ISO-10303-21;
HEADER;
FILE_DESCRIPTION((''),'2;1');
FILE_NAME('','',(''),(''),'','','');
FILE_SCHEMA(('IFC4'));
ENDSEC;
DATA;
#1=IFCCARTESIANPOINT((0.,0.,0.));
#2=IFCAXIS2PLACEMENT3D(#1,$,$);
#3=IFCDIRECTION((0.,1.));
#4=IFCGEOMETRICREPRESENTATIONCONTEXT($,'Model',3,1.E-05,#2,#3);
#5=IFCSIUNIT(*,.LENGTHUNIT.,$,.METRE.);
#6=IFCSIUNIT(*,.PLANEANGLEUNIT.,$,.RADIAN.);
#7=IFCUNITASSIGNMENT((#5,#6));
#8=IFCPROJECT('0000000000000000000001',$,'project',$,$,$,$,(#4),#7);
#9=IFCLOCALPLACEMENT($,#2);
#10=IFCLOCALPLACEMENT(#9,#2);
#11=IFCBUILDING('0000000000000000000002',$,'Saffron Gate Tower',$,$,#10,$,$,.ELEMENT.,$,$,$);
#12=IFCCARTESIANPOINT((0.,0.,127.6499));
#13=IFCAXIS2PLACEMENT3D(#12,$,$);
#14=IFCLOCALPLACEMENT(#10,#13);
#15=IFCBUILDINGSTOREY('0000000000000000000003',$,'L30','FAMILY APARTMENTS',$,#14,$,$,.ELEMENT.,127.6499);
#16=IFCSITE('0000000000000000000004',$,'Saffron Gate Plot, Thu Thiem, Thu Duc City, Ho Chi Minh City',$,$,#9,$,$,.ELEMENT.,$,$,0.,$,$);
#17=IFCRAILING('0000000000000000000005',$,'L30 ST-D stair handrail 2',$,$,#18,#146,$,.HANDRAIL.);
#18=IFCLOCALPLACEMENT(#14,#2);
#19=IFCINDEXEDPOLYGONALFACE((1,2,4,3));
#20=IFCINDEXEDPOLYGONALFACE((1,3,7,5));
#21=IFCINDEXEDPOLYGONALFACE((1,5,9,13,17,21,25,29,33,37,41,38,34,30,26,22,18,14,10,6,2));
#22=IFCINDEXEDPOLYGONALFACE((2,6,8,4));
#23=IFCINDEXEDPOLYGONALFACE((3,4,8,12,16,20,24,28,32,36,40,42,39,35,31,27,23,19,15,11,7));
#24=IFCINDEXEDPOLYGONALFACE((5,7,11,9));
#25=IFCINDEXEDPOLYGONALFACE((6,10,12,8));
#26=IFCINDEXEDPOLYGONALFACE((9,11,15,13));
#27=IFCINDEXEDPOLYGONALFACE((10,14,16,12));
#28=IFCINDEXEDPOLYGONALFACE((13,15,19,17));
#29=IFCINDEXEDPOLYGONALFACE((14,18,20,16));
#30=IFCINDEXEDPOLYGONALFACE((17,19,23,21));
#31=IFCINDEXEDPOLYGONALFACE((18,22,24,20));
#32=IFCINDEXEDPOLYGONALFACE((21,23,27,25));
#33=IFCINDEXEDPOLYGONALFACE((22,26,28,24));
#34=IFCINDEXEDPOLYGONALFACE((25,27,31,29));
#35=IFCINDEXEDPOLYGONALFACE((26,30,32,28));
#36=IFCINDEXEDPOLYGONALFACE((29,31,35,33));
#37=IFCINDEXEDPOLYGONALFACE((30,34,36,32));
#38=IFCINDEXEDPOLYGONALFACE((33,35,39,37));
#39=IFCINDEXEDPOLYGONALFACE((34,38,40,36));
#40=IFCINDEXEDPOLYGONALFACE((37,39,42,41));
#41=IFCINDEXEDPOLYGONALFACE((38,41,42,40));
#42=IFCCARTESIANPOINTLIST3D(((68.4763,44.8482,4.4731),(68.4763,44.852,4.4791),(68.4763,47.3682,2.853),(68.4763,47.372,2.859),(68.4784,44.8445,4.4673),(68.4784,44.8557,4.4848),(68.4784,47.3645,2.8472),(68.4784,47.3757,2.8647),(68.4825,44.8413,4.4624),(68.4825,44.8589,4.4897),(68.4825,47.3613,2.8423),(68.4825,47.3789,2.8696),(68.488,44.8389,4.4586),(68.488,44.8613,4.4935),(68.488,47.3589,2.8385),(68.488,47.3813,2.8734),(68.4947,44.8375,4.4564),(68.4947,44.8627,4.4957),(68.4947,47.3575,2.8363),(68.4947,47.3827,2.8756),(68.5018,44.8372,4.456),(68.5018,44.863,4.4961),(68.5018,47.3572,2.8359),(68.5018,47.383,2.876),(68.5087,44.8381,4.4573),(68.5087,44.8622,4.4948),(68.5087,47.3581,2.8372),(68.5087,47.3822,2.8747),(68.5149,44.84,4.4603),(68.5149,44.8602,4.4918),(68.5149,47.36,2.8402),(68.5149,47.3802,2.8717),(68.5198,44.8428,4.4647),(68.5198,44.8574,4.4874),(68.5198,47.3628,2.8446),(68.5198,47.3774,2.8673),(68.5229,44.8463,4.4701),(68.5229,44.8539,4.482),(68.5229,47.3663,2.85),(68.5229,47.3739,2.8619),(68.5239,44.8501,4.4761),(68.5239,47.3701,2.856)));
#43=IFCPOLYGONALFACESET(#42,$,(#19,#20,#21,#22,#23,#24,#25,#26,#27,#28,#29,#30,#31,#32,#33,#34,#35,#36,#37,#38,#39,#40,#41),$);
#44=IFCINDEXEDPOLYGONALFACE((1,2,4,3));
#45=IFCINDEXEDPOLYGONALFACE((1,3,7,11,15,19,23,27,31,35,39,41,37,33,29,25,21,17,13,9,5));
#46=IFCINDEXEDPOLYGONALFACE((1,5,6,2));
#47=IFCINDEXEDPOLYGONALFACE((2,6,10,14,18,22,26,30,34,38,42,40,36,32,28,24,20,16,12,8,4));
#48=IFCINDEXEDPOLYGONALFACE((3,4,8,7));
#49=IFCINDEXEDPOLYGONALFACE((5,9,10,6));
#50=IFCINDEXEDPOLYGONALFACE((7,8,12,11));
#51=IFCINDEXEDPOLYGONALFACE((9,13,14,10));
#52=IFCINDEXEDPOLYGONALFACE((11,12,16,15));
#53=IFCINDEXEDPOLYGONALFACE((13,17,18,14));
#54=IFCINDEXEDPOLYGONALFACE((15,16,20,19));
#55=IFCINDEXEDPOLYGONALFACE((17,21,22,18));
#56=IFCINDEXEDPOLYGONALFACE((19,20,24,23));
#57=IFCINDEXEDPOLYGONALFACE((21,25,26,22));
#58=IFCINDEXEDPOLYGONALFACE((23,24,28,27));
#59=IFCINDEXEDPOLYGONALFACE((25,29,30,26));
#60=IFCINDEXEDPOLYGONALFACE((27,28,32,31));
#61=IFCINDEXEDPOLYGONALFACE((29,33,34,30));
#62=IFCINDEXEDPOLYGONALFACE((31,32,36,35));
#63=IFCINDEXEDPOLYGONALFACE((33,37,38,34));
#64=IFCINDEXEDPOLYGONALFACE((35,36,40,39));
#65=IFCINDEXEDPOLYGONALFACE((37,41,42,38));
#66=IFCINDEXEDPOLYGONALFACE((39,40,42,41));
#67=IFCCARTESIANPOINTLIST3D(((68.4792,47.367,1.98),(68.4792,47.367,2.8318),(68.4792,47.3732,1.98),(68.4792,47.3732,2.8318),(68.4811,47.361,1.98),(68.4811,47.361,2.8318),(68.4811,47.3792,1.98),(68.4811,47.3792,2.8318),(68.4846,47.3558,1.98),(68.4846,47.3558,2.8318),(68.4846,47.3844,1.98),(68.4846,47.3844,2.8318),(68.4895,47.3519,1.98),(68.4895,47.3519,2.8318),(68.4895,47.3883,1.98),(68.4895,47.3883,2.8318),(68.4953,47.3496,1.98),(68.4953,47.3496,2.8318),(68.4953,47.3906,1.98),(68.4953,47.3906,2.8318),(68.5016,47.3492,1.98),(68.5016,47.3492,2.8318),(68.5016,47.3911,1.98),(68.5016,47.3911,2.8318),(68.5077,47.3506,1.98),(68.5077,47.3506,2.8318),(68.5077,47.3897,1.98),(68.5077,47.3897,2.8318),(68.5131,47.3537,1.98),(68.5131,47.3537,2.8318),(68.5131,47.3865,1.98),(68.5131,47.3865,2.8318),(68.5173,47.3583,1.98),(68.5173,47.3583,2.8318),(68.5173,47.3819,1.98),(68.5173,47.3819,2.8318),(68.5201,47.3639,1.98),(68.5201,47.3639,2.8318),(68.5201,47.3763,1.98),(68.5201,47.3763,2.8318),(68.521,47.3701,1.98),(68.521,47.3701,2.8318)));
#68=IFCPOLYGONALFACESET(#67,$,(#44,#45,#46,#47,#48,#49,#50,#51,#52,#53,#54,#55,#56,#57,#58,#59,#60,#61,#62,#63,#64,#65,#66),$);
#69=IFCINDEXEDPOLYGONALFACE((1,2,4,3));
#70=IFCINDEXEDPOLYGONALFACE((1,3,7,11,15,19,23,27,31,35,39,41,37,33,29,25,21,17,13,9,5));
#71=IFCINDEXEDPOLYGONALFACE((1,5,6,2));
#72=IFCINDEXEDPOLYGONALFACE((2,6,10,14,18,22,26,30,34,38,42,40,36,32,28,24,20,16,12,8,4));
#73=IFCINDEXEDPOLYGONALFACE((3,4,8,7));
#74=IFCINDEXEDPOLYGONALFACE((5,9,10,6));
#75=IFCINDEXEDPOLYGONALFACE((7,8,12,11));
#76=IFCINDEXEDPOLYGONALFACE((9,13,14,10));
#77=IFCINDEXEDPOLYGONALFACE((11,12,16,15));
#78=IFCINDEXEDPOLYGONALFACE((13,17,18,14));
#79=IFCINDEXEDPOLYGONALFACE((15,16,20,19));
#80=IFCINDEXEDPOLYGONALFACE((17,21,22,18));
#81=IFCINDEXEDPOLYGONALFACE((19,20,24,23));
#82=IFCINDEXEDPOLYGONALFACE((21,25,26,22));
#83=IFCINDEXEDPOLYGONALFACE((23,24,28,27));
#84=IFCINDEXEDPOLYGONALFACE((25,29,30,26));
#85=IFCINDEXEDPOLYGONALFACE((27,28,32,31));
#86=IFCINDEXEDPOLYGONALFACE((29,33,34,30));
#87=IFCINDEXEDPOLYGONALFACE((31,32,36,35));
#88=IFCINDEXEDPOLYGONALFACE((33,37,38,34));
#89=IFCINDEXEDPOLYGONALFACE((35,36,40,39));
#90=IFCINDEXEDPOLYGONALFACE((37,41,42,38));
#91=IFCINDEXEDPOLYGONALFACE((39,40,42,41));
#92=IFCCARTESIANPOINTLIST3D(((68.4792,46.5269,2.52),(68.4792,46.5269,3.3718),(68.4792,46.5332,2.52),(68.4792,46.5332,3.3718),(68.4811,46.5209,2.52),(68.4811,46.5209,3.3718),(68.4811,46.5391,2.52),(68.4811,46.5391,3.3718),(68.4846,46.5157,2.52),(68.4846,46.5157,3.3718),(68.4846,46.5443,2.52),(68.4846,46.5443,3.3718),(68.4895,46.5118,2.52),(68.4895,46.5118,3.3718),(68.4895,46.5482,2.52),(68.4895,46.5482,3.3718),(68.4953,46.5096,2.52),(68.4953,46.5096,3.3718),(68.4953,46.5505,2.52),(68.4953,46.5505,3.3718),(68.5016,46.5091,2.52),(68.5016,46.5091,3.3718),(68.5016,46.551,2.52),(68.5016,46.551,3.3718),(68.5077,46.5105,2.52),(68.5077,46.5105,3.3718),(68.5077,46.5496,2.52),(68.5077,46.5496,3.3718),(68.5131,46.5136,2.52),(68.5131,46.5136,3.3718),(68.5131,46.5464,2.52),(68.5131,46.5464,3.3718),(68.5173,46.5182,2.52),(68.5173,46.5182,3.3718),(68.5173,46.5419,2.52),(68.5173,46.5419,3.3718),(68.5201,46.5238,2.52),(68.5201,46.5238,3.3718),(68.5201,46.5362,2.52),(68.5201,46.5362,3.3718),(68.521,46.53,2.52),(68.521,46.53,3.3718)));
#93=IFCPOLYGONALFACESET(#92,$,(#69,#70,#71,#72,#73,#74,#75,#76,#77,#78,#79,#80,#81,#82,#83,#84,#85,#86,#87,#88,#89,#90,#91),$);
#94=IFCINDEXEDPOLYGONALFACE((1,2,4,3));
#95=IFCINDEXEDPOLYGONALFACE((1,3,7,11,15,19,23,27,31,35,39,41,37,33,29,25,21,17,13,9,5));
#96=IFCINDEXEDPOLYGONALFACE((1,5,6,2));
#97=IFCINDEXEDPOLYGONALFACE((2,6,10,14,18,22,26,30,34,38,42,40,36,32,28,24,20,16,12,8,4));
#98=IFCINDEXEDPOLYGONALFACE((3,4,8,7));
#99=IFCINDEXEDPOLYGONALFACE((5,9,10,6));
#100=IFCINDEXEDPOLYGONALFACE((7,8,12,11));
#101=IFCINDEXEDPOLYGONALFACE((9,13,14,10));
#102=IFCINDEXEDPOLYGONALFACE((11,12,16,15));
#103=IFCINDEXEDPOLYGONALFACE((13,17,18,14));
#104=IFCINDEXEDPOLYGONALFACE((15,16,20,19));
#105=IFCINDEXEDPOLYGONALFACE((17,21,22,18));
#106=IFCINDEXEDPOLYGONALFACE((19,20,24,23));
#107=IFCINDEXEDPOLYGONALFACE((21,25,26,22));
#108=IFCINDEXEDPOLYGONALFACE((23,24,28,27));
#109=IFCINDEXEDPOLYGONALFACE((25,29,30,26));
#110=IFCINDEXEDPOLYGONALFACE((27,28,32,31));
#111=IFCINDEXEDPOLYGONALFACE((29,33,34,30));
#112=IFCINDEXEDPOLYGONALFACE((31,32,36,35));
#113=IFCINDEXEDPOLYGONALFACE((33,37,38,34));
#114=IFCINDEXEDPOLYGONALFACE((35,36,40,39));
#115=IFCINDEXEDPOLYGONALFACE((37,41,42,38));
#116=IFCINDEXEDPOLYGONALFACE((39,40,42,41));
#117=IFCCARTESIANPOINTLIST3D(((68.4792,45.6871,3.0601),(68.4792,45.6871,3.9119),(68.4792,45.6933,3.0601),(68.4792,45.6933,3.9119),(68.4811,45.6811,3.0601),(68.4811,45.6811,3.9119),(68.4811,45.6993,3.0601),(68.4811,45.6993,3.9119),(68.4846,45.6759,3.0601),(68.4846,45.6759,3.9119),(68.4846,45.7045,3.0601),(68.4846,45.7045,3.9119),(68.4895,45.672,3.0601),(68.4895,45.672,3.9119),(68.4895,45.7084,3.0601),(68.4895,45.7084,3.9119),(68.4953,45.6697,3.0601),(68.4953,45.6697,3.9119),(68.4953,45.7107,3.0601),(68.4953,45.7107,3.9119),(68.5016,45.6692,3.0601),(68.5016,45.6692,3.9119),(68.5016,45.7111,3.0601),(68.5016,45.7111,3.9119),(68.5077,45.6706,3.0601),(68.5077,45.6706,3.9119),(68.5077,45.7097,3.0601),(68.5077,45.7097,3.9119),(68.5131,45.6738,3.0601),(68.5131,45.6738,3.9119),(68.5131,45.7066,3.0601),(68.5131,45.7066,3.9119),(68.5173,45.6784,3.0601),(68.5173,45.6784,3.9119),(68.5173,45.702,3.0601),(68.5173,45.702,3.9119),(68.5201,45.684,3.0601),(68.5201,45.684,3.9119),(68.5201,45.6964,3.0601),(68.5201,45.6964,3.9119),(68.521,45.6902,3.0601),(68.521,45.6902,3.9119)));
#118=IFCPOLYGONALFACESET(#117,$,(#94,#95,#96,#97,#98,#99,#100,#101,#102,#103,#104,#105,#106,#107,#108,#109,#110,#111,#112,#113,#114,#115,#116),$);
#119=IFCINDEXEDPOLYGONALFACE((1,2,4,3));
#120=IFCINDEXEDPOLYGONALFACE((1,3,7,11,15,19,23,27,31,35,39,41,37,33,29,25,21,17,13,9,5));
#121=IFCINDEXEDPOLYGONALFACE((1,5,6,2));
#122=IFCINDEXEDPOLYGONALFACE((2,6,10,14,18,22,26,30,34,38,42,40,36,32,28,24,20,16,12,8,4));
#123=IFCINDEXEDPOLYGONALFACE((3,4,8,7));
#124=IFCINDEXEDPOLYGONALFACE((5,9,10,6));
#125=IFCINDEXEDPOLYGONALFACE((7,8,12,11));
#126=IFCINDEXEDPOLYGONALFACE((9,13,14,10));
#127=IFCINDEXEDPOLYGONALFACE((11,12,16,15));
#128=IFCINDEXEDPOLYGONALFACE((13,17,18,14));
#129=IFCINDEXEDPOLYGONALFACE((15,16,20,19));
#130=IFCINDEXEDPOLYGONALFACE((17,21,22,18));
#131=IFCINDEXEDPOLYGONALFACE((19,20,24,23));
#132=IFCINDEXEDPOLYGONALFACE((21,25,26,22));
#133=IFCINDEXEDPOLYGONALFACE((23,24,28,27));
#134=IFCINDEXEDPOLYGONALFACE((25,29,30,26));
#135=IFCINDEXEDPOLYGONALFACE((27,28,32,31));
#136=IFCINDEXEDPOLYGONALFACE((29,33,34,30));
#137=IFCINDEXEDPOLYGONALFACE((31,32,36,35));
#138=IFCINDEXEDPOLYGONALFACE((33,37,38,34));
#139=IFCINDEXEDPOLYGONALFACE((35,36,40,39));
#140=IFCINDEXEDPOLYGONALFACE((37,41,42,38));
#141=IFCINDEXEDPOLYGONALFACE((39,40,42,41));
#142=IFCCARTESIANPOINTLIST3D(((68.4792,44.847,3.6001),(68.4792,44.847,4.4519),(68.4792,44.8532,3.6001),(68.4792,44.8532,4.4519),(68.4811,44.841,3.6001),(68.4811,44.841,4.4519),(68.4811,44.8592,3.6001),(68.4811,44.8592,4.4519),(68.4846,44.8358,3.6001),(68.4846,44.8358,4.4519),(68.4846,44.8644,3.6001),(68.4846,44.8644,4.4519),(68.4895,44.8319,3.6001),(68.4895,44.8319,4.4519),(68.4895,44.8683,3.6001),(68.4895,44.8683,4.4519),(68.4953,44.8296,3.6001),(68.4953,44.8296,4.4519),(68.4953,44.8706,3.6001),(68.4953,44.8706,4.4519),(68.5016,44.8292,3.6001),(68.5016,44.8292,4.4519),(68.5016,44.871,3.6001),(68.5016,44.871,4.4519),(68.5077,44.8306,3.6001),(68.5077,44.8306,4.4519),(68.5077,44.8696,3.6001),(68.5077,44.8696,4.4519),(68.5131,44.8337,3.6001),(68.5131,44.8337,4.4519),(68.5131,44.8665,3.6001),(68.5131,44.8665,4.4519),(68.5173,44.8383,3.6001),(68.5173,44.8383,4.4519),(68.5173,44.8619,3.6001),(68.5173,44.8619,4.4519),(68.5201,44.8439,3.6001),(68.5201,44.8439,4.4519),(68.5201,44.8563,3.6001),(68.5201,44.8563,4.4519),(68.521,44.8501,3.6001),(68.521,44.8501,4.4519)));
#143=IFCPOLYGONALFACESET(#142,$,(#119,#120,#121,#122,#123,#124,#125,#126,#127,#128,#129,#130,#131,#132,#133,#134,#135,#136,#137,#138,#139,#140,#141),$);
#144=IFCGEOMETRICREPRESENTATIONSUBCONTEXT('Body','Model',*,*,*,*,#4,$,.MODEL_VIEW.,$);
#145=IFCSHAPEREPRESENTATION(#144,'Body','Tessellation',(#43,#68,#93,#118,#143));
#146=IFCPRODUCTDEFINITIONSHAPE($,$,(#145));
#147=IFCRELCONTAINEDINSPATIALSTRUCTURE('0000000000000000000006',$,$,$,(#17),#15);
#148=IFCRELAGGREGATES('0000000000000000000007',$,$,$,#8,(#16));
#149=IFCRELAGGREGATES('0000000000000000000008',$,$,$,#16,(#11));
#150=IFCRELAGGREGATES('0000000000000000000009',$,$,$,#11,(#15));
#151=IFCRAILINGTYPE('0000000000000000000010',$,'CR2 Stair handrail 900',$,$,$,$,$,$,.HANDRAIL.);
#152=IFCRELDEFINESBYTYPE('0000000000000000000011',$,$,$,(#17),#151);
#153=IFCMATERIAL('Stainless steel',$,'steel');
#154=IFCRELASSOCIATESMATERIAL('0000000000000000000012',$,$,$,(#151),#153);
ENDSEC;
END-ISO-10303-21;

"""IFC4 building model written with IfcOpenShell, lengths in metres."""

from ifc_helpers import new_model, si_unit, direction, frame, origin, origin_2d, place, context, subcontext, project, spatial, circle, extrude, material, type_object, element, save


model = new_model("IFC4")

# Units and contexts
model_context = context("Model", 3, precision=1e-05, world=origin(), true_north=direction((0.0, 1.0)))
body_context = subcontext(model_context, "Body", "Model", "MODEL_VIEW")
ifc_project = project(units=[si_unit("LENGTHUNIT", "METRE"), si_unit("PLANEANGLEUNIT", "RADIAN")], contexts=[model_context])

# Site, building, storey
site_placement = place(None, origin())
site = spatial("IfcSite", under=ifc_project, at=site_placement, Name="Saffron Gate Plot, Thu Thiem, Thu Duc City, Ho Chi Minh City", CompositionType="ELEMENT", RefElevation=0.0)
building_placement = place(site_placement, origin())
building = spatial("IfcBuilding", under=site, at=building_placement, Name="Saffron Gate Tower", CompositionType="ELEMENT")
storey_placement = place(building_placement, frame((0.0, 0.0, 127.6499)))
storey = spatial("IfcBuildingStorey", under=building, at=storey_placement, Name="L30", Description="FAMILY APARTMENTS", CompositionType="ELEMENT", Elevation=127.6499)

# Railing
ifc_material_1 = material(Name="Stainless steel", Category="steel")
railing_type_1 = type_object("IfcRailingType", Name="CR2 Stair handrail 900", PredefinedType="HANDRAIL", material=ifc_material_1)
railing_1_placement = place(storey_placement, frame((68.5, 47.3701, 1.98)))
element("IfcRailing", 1, at=railing_1_placement, inside=storey, type_object=railing_type_1, Name="L30 ST-D stair handrail 2", PredefinedType="HANDRAIL", context=body_context, shape_type="SweptSolid", body=[
    extrude(circle(Radius=0.0239, at=origin_2d()), frame((0.0, 0.0, 0.876), z_axis=(0.0, -0.841163, 0.540782), x_axis=(1.0, 0.0, 0.0)), (0.0, 0.0, 1.0), 2.9958),
    extrude(circle(Radius=0.021, at=origin_2d()), origin(), (0.0, 0.0, 1.0), 0.8518),
    extrude(circle(Radius=0.021, at=origin_2d()), frame((0.0, -0.8401, 0.54)), (0.0, 0.0, 1.0), 0.8518),
    extrude(circle(Radius=0.021, at=origin_2d()), frame((0.0, -1.6799, 1.0801)), (0.0, 0.0, 1.0), 0.8518),
    extrude(circle(Radius=0.021, at=origin_2d()), frame((0.0, -2.52, 1.6201)), (0.0, 0.0, 1.0), 0.8518),
])

save(model, "model.ifc")
